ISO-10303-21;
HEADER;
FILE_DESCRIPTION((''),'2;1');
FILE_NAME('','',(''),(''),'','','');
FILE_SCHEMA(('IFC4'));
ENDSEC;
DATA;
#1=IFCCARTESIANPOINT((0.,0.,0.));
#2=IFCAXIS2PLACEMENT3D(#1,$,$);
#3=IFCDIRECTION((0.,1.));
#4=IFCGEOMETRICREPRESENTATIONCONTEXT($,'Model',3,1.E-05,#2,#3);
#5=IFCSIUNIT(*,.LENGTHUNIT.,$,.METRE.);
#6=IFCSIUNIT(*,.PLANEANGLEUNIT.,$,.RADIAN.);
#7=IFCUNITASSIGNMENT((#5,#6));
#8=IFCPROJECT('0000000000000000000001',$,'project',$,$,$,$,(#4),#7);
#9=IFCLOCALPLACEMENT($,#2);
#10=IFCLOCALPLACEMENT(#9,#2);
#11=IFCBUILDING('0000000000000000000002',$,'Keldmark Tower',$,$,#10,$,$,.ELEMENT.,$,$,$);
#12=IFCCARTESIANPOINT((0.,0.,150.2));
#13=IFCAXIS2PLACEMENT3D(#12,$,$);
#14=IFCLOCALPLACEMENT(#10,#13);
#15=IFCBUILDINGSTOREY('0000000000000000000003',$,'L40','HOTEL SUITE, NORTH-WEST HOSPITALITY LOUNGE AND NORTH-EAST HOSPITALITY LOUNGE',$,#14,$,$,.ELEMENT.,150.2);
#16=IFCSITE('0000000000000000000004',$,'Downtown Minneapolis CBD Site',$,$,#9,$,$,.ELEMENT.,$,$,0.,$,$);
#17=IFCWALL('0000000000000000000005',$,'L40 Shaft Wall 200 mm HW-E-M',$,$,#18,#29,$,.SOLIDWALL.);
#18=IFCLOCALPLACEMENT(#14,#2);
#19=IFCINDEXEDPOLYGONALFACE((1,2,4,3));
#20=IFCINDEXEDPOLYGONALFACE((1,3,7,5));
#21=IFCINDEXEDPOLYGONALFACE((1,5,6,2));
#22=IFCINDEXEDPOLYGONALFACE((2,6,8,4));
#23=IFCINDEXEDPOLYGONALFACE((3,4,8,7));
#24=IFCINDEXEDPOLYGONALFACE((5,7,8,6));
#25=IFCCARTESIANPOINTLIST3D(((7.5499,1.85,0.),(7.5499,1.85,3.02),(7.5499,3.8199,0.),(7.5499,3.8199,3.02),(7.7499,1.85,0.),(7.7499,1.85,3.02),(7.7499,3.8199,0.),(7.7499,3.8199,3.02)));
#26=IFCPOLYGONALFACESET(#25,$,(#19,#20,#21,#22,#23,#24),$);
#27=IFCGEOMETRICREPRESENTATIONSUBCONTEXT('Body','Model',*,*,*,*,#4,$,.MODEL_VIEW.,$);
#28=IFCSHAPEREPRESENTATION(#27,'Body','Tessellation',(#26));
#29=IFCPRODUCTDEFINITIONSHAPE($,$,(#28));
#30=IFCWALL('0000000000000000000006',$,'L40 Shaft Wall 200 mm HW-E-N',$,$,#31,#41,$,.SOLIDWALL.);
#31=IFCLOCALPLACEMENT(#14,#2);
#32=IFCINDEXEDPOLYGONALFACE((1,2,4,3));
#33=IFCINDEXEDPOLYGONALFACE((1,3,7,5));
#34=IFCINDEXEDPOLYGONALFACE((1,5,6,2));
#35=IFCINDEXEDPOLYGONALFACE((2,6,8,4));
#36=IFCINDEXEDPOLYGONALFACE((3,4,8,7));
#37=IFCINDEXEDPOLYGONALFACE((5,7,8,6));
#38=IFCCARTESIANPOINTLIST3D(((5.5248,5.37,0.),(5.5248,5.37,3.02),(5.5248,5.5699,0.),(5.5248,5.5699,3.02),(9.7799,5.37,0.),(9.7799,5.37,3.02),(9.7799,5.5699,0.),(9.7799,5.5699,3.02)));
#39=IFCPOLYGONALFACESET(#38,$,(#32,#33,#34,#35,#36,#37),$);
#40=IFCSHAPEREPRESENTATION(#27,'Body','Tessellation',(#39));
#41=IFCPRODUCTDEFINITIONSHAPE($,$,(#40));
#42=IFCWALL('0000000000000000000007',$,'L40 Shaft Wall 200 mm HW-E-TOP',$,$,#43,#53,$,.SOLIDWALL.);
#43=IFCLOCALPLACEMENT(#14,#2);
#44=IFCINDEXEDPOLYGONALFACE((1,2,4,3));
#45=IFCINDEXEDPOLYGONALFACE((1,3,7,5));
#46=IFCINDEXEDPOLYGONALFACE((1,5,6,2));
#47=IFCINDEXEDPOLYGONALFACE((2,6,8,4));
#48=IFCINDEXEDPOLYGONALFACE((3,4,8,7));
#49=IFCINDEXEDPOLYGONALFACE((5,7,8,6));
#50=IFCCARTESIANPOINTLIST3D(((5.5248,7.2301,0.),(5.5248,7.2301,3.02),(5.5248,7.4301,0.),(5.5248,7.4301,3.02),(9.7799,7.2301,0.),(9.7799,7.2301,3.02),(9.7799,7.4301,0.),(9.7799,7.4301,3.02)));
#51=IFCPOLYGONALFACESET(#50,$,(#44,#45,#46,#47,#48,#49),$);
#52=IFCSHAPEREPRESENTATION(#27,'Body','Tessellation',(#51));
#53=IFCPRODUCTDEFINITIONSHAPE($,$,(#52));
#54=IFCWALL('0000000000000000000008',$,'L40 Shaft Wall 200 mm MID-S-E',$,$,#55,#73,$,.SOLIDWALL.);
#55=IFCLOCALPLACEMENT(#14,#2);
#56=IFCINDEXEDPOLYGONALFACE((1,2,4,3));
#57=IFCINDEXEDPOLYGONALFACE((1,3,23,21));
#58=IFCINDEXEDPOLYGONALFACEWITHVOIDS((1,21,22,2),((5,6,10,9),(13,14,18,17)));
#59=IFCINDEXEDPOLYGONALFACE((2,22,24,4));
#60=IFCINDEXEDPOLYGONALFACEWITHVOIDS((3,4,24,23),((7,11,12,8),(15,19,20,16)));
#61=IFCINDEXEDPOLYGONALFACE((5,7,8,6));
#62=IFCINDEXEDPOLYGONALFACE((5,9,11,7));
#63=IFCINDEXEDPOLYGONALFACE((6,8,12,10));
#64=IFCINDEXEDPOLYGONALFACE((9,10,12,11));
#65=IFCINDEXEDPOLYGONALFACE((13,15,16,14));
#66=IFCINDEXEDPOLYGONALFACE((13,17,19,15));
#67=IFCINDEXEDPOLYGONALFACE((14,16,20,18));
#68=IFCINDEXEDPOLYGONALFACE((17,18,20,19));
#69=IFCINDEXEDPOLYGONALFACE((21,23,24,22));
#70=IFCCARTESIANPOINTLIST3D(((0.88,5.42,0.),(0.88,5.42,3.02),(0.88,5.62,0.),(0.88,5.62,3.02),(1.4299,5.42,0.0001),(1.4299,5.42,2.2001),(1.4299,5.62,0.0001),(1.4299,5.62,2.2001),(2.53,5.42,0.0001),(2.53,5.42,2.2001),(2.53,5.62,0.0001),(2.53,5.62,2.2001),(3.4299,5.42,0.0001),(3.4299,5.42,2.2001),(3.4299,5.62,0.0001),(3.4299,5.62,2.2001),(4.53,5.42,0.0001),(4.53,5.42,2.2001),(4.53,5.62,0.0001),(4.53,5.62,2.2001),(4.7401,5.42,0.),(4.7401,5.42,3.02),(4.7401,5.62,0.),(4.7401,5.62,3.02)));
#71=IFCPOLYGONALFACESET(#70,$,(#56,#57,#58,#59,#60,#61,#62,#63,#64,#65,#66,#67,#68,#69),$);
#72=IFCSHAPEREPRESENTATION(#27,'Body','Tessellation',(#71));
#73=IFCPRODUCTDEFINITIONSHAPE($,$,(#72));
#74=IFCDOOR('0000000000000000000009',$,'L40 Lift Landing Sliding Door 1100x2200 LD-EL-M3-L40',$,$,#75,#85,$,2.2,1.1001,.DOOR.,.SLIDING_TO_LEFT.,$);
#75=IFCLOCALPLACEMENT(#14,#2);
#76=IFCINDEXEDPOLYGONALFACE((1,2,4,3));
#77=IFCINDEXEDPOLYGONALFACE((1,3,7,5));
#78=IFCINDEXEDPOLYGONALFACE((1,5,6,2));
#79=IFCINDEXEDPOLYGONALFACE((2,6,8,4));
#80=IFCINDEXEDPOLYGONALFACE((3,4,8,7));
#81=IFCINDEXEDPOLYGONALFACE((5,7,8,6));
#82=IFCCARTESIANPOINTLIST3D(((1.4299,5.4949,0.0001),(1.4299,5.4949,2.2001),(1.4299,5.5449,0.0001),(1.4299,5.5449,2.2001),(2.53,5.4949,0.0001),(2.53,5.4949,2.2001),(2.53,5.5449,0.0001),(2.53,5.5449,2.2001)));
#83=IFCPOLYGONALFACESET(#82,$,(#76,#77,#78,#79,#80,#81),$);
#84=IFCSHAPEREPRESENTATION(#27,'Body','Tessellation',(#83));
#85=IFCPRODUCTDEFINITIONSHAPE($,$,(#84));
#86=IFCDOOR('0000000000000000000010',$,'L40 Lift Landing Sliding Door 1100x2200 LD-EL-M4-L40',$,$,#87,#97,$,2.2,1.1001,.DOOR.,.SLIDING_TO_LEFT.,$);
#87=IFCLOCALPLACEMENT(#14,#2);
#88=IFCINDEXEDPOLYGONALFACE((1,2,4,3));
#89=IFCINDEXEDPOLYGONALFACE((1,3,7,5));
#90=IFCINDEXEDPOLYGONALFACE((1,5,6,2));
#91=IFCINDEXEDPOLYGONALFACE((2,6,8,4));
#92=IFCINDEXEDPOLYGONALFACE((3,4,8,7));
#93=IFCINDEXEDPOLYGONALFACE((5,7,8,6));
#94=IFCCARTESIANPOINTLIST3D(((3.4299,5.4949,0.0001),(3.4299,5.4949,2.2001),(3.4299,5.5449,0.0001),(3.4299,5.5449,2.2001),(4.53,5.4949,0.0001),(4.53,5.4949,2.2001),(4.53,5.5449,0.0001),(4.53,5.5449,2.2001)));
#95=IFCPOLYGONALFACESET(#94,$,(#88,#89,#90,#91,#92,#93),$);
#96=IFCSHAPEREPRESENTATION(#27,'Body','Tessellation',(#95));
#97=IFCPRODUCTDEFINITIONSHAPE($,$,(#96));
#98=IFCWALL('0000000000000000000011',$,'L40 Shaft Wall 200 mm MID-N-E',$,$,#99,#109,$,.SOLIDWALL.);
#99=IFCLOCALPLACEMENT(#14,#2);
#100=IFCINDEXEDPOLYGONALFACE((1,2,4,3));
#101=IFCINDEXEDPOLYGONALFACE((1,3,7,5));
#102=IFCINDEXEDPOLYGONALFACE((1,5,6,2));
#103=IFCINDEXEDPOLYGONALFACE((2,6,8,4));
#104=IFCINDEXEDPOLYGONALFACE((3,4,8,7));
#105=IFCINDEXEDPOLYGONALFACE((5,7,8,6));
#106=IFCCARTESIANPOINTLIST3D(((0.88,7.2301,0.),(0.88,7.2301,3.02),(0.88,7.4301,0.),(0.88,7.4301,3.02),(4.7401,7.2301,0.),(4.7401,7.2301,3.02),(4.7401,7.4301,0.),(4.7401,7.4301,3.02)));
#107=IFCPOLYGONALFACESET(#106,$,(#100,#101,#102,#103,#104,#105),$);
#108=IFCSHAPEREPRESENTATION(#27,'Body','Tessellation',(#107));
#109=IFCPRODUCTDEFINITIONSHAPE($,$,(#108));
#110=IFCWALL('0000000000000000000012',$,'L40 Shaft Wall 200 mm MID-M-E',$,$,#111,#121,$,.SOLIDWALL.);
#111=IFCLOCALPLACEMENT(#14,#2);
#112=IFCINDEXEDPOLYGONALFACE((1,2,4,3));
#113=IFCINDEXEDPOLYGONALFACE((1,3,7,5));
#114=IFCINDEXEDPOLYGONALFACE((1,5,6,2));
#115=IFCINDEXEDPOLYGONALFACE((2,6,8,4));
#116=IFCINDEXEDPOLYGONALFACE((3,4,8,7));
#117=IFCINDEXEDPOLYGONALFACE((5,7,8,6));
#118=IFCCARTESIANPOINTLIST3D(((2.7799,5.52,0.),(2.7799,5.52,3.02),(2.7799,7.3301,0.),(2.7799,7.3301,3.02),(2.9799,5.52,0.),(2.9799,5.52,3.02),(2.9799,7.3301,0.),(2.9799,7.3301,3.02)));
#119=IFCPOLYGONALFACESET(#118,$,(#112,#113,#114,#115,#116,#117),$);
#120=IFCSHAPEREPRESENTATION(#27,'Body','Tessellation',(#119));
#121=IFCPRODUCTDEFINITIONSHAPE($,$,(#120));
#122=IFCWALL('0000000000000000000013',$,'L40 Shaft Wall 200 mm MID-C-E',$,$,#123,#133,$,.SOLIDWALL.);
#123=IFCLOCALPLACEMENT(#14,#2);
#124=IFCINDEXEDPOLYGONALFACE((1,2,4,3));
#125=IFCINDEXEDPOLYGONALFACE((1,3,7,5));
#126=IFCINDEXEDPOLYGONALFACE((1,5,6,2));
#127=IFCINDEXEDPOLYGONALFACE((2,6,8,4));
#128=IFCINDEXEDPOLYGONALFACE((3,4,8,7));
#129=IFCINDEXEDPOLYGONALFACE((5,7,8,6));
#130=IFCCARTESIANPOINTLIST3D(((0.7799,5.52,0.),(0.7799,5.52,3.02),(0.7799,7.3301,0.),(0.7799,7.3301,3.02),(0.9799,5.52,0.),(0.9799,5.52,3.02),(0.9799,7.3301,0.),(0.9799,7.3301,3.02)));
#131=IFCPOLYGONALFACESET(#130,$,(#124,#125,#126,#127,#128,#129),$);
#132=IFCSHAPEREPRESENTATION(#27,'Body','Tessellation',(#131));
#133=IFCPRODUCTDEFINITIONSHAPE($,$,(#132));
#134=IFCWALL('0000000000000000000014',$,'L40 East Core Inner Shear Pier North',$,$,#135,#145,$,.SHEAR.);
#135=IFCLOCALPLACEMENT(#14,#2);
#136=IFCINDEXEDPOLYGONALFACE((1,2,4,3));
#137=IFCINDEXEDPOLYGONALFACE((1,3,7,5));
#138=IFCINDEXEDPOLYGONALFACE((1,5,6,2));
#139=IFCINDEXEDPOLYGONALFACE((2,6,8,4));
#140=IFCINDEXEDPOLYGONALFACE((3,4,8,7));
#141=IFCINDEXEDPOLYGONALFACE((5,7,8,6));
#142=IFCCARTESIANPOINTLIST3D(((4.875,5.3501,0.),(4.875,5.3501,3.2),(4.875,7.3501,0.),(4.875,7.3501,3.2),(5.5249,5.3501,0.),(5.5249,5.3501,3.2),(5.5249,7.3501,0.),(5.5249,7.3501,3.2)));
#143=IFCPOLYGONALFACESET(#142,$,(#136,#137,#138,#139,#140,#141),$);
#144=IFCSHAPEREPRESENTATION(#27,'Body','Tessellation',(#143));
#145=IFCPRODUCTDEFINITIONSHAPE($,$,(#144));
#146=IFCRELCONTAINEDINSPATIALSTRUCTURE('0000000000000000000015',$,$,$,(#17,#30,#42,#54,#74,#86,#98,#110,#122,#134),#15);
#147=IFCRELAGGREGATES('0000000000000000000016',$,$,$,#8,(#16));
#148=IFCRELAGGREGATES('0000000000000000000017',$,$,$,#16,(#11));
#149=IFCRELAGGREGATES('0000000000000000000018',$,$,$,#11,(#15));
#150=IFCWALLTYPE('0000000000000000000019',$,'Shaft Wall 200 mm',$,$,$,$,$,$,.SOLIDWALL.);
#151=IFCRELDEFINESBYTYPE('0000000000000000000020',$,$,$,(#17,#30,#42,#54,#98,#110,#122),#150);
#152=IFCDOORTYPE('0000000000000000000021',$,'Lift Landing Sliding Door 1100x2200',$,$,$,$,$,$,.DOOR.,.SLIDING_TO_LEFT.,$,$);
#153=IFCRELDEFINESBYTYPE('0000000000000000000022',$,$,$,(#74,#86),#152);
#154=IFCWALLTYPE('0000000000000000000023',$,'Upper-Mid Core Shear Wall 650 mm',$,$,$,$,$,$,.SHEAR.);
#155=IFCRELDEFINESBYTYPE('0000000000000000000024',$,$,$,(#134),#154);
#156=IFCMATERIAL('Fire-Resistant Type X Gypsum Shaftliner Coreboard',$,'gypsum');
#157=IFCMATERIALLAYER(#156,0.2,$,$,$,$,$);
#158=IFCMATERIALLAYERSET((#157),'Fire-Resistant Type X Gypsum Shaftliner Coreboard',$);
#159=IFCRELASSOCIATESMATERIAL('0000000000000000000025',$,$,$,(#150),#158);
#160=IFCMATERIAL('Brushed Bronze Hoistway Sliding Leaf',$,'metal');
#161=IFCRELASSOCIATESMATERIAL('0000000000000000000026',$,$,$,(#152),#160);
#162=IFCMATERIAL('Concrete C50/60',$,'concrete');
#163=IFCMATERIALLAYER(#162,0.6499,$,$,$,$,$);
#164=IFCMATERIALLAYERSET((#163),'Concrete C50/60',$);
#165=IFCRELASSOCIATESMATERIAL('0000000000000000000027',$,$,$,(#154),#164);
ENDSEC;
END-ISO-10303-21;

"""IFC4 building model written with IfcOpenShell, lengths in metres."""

from ifc_helpers import new_model, si_unit, direction, frame, frame_2d, origin, place, context, subcontext, project, spatial, rectangle, extrude, material, layer, layer_set, type_object, element, fill, save


model = new_model("IFC4")

# Units and contexts
model_context = context("Model", 3, precision=1e-05, world=origin(), true_north=direction((0.0, 1.0)))
body_context = subcontext(model_context, "Body", "Model", "MODEL_VIEW")
ifc_project = project(units=[si_unit("LENGTHUNIT", "METRE"), si_unit("PLANEANGLEUNIT", "RADIAN")], contexts=[model_context])

# Site, building, storey
site_placement = place(None, origin())
site = spatial("IfcSite", under=ifc_project, at=site_placement, Name="Downtown Minneapolis CBD Site", CompositionType="ELEMENT", RefElevation=0.0)
building_placement = place(site_placement, origin())
building = spatial("IfcBuilding", under=site, at=building_placement, Name="Keldmark Tower", CompositionType="ELEMENT")
storey_placement = place(building_placement, frame((0.0, 0.0, 150.2)))
storey = spatial("IfcBuildingStorey", under=building, at=storey_placement, Name="L40", Description="HOTEL SUITE, NORTH-WEST HOSPITALITY LOUNGE AND NORTH-EAST HOSPITALITY LOUNGE", CompositionType="ELEMENT", Elevation=150.2)

# Shared definitions
ifc_material_1 = material(Name="Fire-Resistant Type X Gypsum Shaftliner Coreboard", Category="gypsum")
ifc_layer_1 = layer(ifc_material_1, 0.2)
ifc_layer_set_1 = layer_set([ifc_layer_1], Name="Fire-Resistant Type X Gypsum Shaftliner Coreboard")
wall_type_1 = type_object("IfcWallType", Name="Shaft Wall 200 mm", PredefinedType="SOLIDWALL", material=ifc_layer_set_1)

# Walls
wall_1_placement = place(storey_placement, frame((7.6499, 1.8501, 0.0), z_axis=(0.0, 0.0, 1.0), x_axis=(0.0, 1.0, 0.0)))
element("IfcWall", 1, at=wall_1_placement, inside=storey, type_object=wall_type_1, Name="L40 Shaft Wall 200 mm HW-E-M", PredefinedType="SOLIDWALL", context=body_context, shape_type="SweptSolid", body=[
    extrude(rectangle(XDim=1.97, YDim=0.2, at=frame_2d((0.9849, 0.0))), origin(), (0.0, 0.0, 1.0), 3.02),
])
for number, where, z_axis, x_axis, name in (
    (2, (5.5249, 5.47, 0.0), (0.0, 0.0, 1.0), (1.0, 0.0, 0.0), "L40 Shaft Wall 200 mm HW-E-N"),
    (3, (5.5249, 7.3301, 0.0), (0.0, 0.0, 1.0), (1.0, 0.0, 0.0), "L40 Shaft Wall 200 mm HW-E-TOP"),
):
    element("IfcWall", number, at=place(storey_placement, frame(where, z_axis=z_axis, x_axis=x_axis)), inside=storey, type_object=wall_type_1, Name=name, PredefinedType="SOLIDWALL", context=body_context, shape_type="SweptSolid", body=[
        extrude(rectangle(XDim=4.2551, YDim=0.2, at=frame_2d((2.1274, 0.0))), origin(), (0.0, 0.0, 1.0), 3.02),
    ])

# Wall, openings, doors
wall_2_placement = place(storey_placement, frame((0.8799, 5.52, 0.0), z_axis=(0.0, 0.0, 1.0), x_axis=(1.0, 0.0, 0.0)))
wall_2 = element("IfcWall", 4, at=wall_2_placement, inside=storey, type_object=wall_type_1, Name="L40 Shaft Wall 200 mm MID-S-E", PredefinedType="SOLIDWALL", context=body_context, shape_type="SweptSolid", body=[
    extrude(rectangle(XDim=3.8601, YDim=0.2, at=frame_2d((1.9302, 0.0))), origin(), (0.0, 0.0, 1.0), 3.02),
])
opening_1_placement = place(wall_2_placement, frame((0.55, 0.0, 0.0)))
opening_1 = element("IfcOpeningElement", 5, at=opening_1_placement, cuts=wall_2, PredefinedType="OPENING", context=body_context, shape_type="SweptSolid", body=[
    extrude(rectangle(XDim=1.1001, YDim=2.2, at=frame_2d((0.55, 1.1001))), frame((0.0, 0.1099, 0.0), z_axis=(0.0, -1.0, 0.0), x_axis=(1.0, 0.0, 0.0)), (0.0, 0.0, 1.0), 0.22),
])
opening_2_placement = place(wall_2_placement, frame((2.55, 0.0, 0.0)))
opening_2 = element("IfcOpeningElement", 6, at=opening_2_placement, cuts=wall_2, PredefinedType="OPENING", context=body_context, shape_type="SweptSolid", body=[
    extrude(rectangle(XDim=1.1001, YDim=2.2, at=frame_2d((0.55, 1.1001))), frame((0.0, 0.1099, 0.0), z_axis=(0.0, -1.0, 0.0), x_axis=(1.0, 0.0, 0.0)), (0.0, 0.0, 1.0), 0.22),
])
ifc_material_2 = material(Name="Brushed Bronze Hoistway Sliding Leaf", Category="metal")
door_type_1 = type_object("IfcDoorType", Name="Lift Landing Sliding Door 1100x2200", OperationType="SLIDING_TO_LEFT", PredefinedType="DOOR", material=ifc_material_2)
door_1_placement = place(opening_1_placement, origin())
door_1 = element("IfcDoor", 7, at=door_1_placement, inside=storey, type_object=door_type_1, Name="L40 Lift Landing Sliding Door 1100x2200 LD-EL-M3-L40", OperationType="SLIDING_TO_LEFT", OverallHeight=2.2, OverallWidth=1.1001, PredefinedType="DOOR", context=body_context, shape_type="SweptSolid", body=[
    extrude(rectangle(XDim=1.1001, YDim=2.2, at=frame_2d((0.55, 1.1001))), frame((0.0, 0.0249, 0.0), z_axis=(0.0, -1.0, 0.0), x_axis=(1.0, 0.0, 0.0)), (0.0, 0.0, 1.0), 0.05),
])
fill(opening_1, door_1)
door_2_placement = place(opening_2_placement, origin())
door_2 = element("IfcDoor", 8, at=door_2_placement, inside=storey, type_object=door_type_1, Name="L40 Lift Landing Sliding Door 1100x2200 LD-EL-M4-L40", OperationType="SLIDING_TO_LEFT", OverallHeight=2.2, OverallWidth=1.1001, PredefinedType="DOOR", context=body_context, shape_type="SweptSolid", body=[
    extrude(rectangle(XDim=1.1001, YDim=2.2, at=frame_2d((0.55, 1.1001))), frame((0.0, 0.0249, 0.0), z_axis=(0.0, -1.0, 0.0), x_axis=(1.0, 0.0, 0.0)), (0.0, 0.0, 1.0), 0.05),
])
fill(opening_2, door_2)

# Walls
wall_3_placement = place(storey_placement, frame((0.8799, 7.3301, 0.0), z_axis=(0.0, 0.0, 1.0), x_axis=(1.0, 0.0, 0.0)))
element("IfcWall", 9, at=wall_3_placement, inside=storey, type_object=wall_type_1, Name="L40 Shaft Wall 200 mm MID-N-E", PredefinedType="SOLIDWALL", context=body_context, shape_type="SweptSolid", body=[
    extrude(rectangle(XDim=3.8601, YDim=0.2, at=frame_2d((1.9302, 0.0))), origin(), (0.0, 0.0, 1.0), 3.02),
])
for number, where, z_axis, x_axis, name in (
    (10, (2.8799, 5.52, 0.0), (0.0, 0.0, 1.0), (0.0, 1.0, 0.0), "L40 Shaft Wall 200 mm MID-M-E"),
    (11, (0.8799, 5.52, 0.0), (0.0, 0.0, 1.0), (0.0, 1.0, 0.0), "L40 Shaft Wall 200 mm MID-C-E"),
):
    element("IfcWall", number, at=place(storey_placement, frame(where, z_axis=z_axis, x_axis=x_axis)), inside=storey, type_object=wall_type_1, Name=name, PredefinedType="SOLIDWALL", context=body_context, shape_type="SweptSolid", body=[
        extrude(rectangle(XDim=1.8101, YDim=0.2, at=frame_2d((0.905, 0.0))), origin(), (0.0, 0.0, 1.0), 3.02),
    ])
ifc_material_3 = material(Name="Concrete C50/60", Category="concrete")
ifc_layer_2 = layer(ifc_material_3, 0.6499)
ifc_layer_set_2 = layer_set([ifc_layer_2], Name="Concrete C50/60")
wall_type_2 = type_object("IfcWallType", Name="Upper-Mid Core Shear Wall 650 mm", PredefinedType="SHEAR", material=ifc_layer_set_2)
wall_4_placement = place(storey_placement, frame((5.2, 5.3501, 0.0), z_axis=(0.0, 0.0, 1.0), x_axis=(0.0, 1.0, 0.0)))
element("IfcWall", 12, at=wall_4_placement, inside=storey, type_object=wall_type_2, Name="L40 East Core Inner Shear Pier North", PredefinedType="SHEAR", context=body_context, shape_type="SweptSolid", body=[
    extrude(rectangle(XDim=2.0, YDim=0.6499, at=frame_2d((1.0, 0.0))), origin(), (0.0, 0.0, 1.0), 3.2),
])

save(model, "model.ifc")
